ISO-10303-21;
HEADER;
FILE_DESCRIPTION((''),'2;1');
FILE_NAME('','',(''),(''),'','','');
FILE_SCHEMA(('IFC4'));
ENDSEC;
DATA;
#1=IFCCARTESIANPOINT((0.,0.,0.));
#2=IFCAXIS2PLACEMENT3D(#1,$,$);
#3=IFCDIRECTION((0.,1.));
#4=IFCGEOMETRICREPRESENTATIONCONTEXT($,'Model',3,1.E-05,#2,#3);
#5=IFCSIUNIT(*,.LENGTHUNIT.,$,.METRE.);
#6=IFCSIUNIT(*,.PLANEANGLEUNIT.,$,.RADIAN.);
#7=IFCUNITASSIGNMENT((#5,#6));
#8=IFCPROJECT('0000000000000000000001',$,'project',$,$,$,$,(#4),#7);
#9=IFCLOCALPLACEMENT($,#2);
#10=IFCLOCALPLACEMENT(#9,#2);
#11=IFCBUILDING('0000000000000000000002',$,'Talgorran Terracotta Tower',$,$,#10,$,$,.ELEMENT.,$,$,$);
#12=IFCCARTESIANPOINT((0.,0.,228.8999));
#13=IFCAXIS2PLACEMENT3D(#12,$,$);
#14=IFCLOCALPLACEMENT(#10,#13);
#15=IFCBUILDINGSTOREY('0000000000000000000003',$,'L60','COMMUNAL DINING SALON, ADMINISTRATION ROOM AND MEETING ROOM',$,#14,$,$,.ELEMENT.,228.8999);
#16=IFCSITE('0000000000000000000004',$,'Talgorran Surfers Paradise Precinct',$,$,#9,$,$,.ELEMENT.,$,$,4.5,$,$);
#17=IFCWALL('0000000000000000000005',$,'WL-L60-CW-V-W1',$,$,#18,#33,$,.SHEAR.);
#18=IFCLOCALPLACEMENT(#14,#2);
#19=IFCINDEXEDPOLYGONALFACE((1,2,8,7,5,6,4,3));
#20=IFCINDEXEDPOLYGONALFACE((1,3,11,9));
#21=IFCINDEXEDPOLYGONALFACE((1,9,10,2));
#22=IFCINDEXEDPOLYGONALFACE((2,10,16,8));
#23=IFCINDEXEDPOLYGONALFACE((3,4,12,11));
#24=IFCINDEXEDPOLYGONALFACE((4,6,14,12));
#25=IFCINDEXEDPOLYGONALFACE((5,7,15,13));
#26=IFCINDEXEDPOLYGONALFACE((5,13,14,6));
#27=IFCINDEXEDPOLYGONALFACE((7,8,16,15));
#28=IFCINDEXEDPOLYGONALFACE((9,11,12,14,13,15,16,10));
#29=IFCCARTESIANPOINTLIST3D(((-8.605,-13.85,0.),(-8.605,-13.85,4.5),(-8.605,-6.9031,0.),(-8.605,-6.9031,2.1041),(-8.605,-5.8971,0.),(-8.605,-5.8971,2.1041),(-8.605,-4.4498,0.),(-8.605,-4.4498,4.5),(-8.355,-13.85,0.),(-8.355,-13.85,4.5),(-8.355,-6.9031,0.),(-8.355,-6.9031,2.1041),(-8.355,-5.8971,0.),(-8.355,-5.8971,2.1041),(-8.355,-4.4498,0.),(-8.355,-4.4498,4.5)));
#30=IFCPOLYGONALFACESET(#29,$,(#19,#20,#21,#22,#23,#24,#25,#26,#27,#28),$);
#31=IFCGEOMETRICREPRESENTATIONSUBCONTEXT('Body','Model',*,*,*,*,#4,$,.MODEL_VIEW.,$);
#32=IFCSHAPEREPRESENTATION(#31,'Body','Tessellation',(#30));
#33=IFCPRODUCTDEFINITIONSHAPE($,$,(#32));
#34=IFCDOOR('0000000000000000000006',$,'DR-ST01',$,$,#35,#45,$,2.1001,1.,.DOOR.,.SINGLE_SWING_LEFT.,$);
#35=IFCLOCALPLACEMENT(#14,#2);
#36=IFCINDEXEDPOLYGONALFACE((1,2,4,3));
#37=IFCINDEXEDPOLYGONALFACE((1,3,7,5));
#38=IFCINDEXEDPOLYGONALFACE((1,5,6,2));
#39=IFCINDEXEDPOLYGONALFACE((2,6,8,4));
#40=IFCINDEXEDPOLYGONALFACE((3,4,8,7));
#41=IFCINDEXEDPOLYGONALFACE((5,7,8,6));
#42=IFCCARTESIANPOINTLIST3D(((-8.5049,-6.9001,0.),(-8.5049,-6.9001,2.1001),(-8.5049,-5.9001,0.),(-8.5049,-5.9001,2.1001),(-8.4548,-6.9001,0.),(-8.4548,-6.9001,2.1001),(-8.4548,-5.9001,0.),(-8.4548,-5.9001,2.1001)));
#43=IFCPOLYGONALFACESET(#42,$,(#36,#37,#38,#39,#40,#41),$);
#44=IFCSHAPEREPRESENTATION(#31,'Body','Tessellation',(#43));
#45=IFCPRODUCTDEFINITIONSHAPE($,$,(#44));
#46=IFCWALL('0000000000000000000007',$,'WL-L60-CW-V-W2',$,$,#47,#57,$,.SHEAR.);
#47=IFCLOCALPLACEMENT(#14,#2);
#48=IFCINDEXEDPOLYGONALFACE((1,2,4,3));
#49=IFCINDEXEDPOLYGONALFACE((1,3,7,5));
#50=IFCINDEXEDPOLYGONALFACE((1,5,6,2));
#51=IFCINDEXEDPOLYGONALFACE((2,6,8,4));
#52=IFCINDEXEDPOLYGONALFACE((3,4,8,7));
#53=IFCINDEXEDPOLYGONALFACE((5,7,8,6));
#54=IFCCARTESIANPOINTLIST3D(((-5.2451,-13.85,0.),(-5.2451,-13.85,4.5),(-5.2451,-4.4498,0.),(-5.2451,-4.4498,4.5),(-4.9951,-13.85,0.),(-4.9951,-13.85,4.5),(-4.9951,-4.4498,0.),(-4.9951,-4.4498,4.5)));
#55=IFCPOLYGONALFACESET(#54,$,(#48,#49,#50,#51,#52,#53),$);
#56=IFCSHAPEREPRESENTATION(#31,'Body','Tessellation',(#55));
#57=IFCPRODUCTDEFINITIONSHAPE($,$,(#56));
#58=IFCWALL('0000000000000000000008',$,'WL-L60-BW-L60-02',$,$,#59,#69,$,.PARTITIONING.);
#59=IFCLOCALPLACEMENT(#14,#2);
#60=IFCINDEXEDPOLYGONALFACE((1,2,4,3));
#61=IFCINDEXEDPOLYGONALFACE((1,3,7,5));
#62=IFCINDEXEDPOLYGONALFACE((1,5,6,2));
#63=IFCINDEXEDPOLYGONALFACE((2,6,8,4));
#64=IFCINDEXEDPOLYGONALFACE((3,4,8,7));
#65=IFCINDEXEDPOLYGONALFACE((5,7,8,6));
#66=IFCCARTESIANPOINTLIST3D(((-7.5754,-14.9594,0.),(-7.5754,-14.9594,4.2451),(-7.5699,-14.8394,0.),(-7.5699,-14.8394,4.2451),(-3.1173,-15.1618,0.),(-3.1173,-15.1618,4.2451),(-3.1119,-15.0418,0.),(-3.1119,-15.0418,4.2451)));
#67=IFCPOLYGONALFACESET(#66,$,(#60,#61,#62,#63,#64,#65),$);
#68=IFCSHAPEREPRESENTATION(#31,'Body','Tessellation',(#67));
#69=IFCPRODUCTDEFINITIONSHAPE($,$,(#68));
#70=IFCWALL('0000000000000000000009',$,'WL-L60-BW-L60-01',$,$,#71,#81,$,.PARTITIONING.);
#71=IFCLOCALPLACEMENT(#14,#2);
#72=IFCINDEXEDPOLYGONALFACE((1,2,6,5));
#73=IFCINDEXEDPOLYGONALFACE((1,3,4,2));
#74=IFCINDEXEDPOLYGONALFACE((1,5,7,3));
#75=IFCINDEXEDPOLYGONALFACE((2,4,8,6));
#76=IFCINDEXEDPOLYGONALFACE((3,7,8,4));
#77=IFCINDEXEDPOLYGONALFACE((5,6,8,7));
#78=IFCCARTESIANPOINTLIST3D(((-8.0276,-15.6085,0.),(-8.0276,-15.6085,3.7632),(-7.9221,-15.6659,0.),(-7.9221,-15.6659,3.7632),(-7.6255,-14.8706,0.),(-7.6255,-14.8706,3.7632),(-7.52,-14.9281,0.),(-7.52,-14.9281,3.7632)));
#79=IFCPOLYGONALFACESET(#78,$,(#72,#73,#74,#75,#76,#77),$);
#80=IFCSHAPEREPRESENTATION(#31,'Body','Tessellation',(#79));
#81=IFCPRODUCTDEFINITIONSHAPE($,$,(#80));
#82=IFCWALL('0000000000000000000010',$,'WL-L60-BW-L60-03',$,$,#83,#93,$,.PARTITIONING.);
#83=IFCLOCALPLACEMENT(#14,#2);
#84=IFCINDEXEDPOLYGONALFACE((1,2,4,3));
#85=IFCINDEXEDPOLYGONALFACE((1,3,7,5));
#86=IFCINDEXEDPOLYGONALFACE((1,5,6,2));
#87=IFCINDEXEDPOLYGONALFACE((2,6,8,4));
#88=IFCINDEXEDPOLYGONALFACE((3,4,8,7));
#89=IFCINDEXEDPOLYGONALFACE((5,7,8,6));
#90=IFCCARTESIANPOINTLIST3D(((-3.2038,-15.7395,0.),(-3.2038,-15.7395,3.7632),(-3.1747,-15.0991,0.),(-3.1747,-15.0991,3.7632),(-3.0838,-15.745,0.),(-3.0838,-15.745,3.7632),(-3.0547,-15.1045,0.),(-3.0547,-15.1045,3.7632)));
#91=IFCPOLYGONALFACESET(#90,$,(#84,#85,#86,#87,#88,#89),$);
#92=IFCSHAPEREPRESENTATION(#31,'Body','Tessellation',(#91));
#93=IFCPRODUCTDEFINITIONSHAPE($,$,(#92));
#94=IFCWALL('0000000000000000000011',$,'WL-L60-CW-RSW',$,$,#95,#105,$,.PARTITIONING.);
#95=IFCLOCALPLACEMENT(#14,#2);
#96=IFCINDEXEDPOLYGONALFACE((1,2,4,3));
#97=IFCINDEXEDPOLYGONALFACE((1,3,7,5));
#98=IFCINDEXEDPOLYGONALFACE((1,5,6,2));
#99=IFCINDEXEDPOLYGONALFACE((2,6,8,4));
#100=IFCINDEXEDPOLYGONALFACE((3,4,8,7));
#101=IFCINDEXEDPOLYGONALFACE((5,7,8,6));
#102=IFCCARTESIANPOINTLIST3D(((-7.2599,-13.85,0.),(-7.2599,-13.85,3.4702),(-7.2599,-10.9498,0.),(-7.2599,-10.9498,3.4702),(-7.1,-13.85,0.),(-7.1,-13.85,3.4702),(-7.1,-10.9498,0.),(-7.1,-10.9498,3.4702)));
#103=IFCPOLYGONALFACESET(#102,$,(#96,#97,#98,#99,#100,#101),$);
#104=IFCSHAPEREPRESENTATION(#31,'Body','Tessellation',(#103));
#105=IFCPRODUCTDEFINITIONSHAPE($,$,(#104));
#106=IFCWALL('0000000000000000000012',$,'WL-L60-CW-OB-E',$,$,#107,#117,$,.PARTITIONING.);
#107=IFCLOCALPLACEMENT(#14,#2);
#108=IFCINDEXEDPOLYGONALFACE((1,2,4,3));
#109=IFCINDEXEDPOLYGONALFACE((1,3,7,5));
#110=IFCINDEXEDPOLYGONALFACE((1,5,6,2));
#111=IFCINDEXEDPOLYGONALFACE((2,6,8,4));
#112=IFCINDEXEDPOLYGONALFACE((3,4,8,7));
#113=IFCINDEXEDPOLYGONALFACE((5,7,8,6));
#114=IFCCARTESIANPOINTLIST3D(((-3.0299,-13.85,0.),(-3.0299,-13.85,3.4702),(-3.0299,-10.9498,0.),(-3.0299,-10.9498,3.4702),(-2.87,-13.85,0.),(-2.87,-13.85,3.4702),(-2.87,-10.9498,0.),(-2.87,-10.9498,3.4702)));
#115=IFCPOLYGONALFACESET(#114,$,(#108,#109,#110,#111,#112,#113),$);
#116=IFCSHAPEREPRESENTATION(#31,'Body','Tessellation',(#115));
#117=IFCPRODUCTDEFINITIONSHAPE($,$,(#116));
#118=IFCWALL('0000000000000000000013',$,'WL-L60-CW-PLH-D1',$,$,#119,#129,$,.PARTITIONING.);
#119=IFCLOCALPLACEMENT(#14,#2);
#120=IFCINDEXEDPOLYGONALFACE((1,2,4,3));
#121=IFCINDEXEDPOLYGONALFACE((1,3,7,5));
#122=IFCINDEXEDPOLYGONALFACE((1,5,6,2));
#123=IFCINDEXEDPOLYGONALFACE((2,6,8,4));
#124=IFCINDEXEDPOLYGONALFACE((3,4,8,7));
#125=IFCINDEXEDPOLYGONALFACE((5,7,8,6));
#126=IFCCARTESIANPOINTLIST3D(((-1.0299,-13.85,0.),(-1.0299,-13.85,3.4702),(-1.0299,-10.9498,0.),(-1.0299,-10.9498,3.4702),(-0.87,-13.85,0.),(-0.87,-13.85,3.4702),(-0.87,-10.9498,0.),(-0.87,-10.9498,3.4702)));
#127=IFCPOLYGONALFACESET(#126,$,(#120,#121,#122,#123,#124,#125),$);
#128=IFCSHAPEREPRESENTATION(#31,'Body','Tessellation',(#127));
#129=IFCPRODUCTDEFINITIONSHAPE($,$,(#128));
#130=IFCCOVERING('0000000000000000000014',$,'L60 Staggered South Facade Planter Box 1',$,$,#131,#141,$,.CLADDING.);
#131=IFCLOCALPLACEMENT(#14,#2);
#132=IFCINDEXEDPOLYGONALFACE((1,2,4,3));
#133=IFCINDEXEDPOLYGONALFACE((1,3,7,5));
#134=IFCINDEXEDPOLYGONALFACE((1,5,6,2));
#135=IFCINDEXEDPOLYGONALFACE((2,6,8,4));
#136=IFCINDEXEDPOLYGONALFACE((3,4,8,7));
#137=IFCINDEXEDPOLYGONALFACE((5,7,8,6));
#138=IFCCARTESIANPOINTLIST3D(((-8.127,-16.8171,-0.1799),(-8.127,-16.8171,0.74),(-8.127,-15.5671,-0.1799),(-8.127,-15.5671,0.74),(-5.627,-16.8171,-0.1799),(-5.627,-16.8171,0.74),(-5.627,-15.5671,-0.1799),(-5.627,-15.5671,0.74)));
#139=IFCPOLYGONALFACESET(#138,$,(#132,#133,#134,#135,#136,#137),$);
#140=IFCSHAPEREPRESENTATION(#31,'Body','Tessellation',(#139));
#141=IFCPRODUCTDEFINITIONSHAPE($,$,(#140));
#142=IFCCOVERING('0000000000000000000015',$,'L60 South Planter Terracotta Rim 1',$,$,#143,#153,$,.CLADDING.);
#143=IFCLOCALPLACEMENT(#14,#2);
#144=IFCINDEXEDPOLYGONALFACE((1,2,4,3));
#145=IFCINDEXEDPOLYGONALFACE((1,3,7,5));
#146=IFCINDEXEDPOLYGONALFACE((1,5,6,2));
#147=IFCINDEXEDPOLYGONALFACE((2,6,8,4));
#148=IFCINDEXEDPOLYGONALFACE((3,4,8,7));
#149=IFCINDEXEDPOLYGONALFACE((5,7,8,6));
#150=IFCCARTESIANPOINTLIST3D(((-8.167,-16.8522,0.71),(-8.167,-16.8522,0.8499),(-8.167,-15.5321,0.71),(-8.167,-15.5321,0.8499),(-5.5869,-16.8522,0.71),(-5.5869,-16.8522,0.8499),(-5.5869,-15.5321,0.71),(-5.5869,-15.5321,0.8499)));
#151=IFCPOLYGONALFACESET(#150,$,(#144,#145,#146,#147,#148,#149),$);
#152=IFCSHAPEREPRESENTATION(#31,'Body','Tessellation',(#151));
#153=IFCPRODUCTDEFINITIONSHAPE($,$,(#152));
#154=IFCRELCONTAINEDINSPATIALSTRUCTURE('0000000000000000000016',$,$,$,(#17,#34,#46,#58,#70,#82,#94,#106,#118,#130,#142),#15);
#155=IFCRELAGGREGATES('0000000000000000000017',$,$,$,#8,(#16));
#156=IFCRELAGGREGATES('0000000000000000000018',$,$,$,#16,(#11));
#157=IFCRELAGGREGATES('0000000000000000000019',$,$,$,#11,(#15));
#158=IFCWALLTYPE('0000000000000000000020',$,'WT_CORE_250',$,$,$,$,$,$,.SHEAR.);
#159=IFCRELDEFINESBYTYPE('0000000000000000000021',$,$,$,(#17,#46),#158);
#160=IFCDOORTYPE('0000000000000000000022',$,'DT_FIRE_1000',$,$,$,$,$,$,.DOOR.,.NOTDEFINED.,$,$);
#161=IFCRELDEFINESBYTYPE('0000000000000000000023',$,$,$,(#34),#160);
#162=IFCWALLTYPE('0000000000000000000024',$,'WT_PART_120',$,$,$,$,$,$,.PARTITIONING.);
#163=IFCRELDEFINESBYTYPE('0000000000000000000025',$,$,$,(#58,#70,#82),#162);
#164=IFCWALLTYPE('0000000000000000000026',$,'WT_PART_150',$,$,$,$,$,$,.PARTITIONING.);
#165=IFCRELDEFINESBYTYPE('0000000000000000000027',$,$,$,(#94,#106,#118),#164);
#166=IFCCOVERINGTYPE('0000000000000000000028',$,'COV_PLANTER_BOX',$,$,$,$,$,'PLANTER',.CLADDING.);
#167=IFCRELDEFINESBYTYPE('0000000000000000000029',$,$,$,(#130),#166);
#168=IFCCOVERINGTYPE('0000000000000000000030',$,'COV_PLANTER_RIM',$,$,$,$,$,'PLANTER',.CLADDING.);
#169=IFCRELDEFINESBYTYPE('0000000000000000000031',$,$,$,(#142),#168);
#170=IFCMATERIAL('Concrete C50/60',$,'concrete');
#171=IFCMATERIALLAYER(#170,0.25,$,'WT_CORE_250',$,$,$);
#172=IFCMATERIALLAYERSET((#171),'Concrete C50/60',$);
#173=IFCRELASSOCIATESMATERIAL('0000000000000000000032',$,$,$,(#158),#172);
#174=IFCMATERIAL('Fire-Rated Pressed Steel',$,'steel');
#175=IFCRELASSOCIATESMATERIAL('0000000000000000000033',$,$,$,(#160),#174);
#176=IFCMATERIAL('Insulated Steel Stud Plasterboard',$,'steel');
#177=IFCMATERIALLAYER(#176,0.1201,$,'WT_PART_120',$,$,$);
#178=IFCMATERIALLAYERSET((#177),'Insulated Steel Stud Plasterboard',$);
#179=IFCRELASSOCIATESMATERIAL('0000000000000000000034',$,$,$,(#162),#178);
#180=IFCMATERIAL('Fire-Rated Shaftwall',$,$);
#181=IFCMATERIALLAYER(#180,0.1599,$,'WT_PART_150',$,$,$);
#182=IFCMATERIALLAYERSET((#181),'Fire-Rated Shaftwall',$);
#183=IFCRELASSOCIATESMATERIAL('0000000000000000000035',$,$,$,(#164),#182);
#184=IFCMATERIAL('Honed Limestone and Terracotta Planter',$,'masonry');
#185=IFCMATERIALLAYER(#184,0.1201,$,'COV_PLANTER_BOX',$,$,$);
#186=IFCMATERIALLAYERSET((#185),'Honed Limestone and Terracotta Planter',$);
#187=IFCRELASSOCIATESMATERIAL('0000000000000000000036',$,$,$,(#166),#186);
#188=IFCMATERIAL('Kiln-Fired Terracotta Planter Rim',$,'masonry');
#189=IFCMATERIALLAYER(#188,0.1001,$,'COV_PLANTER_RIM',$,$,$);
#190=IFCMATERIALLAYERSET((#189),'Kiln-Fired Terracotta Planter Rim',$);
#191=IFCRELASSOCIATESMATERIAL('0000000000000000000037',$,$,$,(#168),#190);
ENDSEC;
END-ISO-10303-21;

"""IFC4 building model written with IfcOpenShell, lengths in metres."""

from ifc_helpers import new_model, si_unit, direction, frame, frame_2d, origin, origin_2d, place, context, subcontext, project, spatial, rectangle, extrude, material, layer, layer_set, type_object, element, fill, save


model = new_model("IFC4")

# Units and contexts
model_context = context("Model", 3, precision=1e-05, world=origin(), true_north=direction((0.0, 1.0)))
body_context = subcontext(model_context, "Body", "Model", "MODEL_VIEW")
ifc_project = project(units=[si_unit("LENGTHUNIT", "METRE"), si_unit("PLANEANGLEUNIT", "RADIAN")], contexts=[model_context])

# Site, building, storey
site_placement = place(None, origin())
site = spatial("IfcSite", under=ifc_project, at=site_placement, Name="Talgorran Surfers Paradise Precinct", CompositionType="ELEMENT", RefElevation=4.5)
building_placement = place(site_placement, origin())
building = spatial("IfcBuilding", under=site, at=building_placement, Name="Talgorran Terracotta Tower", CompositionType="ELEMENT")
storey_placement = place(building_placement, frame((0.0, 0.0, 228.8999)))
storey = spatial("IfcBuildingStorey", under=building, at=storey_placement, Name="L60", Description="COMMUNAL DINING SALON, ADMINISTRATION ROOM AND MEETING ROOM", CompositionType="ELEMENT", Elevation=228.8999)

# Shared definitions
ifc_material_1 = material(Name="Concrete C50/60", Category="concrete")

# Shared definitions
ifc_material_2 = material(Name="Fire-Rated Pressed Steel", Category="steel")

# Wall, opening, door
ifc_layer_1 = layer(ifc_material_1, 0.25, Name="WT_CORE_250")
ifc_layer_set_1 = layer_set([ifc_layer_1], Name="Concrete C50/60")
wall_type_1 = type_object("IfcWallType", Name="WT_CORE_250", PredefinedType="SHEAR", material=ifc_layer_set_1)
wall_1_placement = place(storey_placement, frame((-8.48, -13.8501, 0.0), z_axis=(0.0, 0.0, 1.0), x_axis=(0.0, 1.0, 0.0)))
wall_1 = element("IfcWall", 1, at=wall_1_placement, inside=storey, type_object=wall_type_1, Name="WL-L60-CW-V-W1", PredefinedType="SHEAR", context=body_context, shape_type="SweptSolid", body=[
    extrude(rectangle(XDim=9.4001, YDim=0.25, at=frame_2d((4.7002, 0.0))), origin(), (0.0, 0.0, 1.0), 4.5),
])
opening_1_placement = place(wall_1_placement, frame((6.95, 0.0, 0.0)))
opening_1 = element("IfcOpeningElement", 2, at=opening_1_placement, cuts=wall_1, PredefinedType="OPENING", context=body_context, shape_type="SweptSolid", body=[
    extrude(rectangle(XDim=1.006, YDim=2.1041, at=frame_2d((0.5, 1.052))), frame((0.0, 0.135, 0.0), z_axis=(0.0, -1.0, 0.0), x_axis=(1.0, 0.0, 0.0)), (0.0, 0.0, 1.0), 0.27),
])
door_type_1 = type_object("IfcDoorType", Name="DT_FIRE_1000", OperationType="NOTDEFINED", PredefinedType="DOOR", material=ifc_material_2)
door_1_placement = place(opening_1_placement, origin())
door_1 = element("IfcDoor", 3, at=door_1_placement, inside=storey, type_object=door_type_1, Name="DR-ST01", OperationType="SINGLE_SWING_LEFT", OverallHeight=2.1001, OverallWidth=1.0, PredefinedType="DOOR", context=body_context, shape_type="SweptSolid", body=[
    extrude(rectangle(XDim=1.0, YDim=2.1001, at=frame_2d((0.5, 1.05))), frame((0.0, 0.0249, 0.0), z_axis=(0.0, -1.0, 0.0), x_axis=(1.0, 0.0, 0.0)), (0.0, 0.0, 1.0), 0.05),
])
fill(opening_1, door_1)

# Walls
wall_2_placement = place(storey_placement, frame((-5.1201, -13.8501, 0.0), z_axis=(0.0, 0.0, 1.0), x_axis=(0.0, 1.0, 0.0)))
element("IfcWall", 4, at=wall_2_placement, inside=storey, type_object=wall_type_1, Name="WL-L60-CW-V-W2", PredefinedType="SHEAR", context=body_context, shape_type="SweptSolid", body=[
    extrude(rectangle(XDim=9.4001, YDim=0.25, at=frame_2d((4.7002, 0.0))), origin(), (0.0, 0.0, 1.0), 4.5),
])
ifc_material_3 = material(Name="Insulated Steel Stud Plasterboard", Category="steel")
ifc_layer_2 = layer(ifc_material_3, 0.1201, Name="WT_PART_120")
ifc_layer_set_2 = layer_set([ifc_layer_2], Name="Insulated Steel Stud Plasterboard")
wall_type_2 = type_object("IfcWallType", Name="WT_PART_120", PredefinedType="PARTITIONING", material=ifc_layer_set_2)
wall_3_placement = place(storey_placement, frame((-7.5728, -14.8994, 0.0), z_axis=(0.0, 0.0, 1.0), x_axis=(0.998971, -0.045353, 0.0)))
element("IfcWall", 5, at=wall_3_placement, inside=storey, type_object=wall_type_2, Name="WL-L60-BW-L60-02", PredefinedType="PARTITIONING", context=body_context, shape_type="SweptSolid", body=[
    extrude(rectangle(XDim=4.4626, YDim=0.1201, at=frame_2d((2.2314, 0.0))), origin(), (0.0, 0.0, 1.0), 4.2451),
])
wall_4_placement = place(storey_placement, frame((-7.9749, -15.6372, 0.0), z_axis=(0.0, 0.0, 1.0), x_axis=(0.478547, 0.878062, 0.0)))
element("IfcWall", 6, at=wall_4_placement, inside=storey, type_object=wall_type_2, Name="WL-L60-BW-L60-01", PredefinedType="PARTITIONING", context=body_context, shape_type="SweptSolid", body=[
    extrude(rectangle(XDim=0.8403, YDim=0.1201, at=frame_2d((0.4202, 0.0))), origin(), (0.0, 0.0, 1.0), 3.7632),
])
wall_5_placement = place(storey_placement, frame((-3.1147, -15.1018, 0.0), z_axis=(0.0, 0.0, 1.0), x_axis=(-0.045321, -0.998972, 0.0)))
element("IfcWall", 7, at=wall_5_placement, inside=storey, type_object=wall_type_2, Name="WL-L60-BW-L60-03", PredefinedType="PARTITIONING", context=body_context, shape_type="SweptSolid", body=[
    extrude(rectangle(XDim=0.6411, YDim=0.1201, at=frame_2d((0.3206, 0.0))), origin(), (0.0, 0.0, 1.0), 3.7632),
])
ifc_material_4 = material(Name="Fire-Rated Shaftwall")
ifc_layer_3 = layer(ifc_material_4, 0.1599, Name="WT_PART_150")
ifc_layer_set_3 = layer_set([ifc_layer_3], Name="Fire-Rated Shaftwall")
wall_type_3 = type_object("IfcWallType", Name="WT_PART_150", PredefinedType="PARTITIONING", material=ifc_layer_set_3)
for number, where, z_axis, x_axis, name in (
    (8, (-7.1799, -13.8501, 0.0), (0.0, 0.0, 1.0), (0.0, 1.0, 0.0), "WL-L60-CW-RSW"),
    (9, (-2.95, -13.8501, 0.0), (0.0, 0.0, 1.0), (0.0, 1.0, 0.0), "WL-L60-CW-OB-E"),
    (10, (-0.95, -13.8501, 0.0), (0.0, 0.0, 1.0), (0.0, 1.0, 0.0), "WL-L60-CW-PLH-D1"),
):
    element("IfcWall", number, at=place(storey_placement, frame(where, z_axis=z_axis, x_axis=x_axis)), inside=storey, type_object=wall_type_3, Name=name, PredefinedType="PARTITIONING", context=body_context, shape_type="SweptSolid", body=[
        extrude(rectangle(XDim=2.9001, YDim=0.1599, at=frame_2d((1.4502, 0.0))), origin(), (0.0, 0.0, 1.0), 3.4702),
    ])

# Coverings
ifc_material_5 = material(Name="Honed Limestone and Terracotta Planter", Category="masonry")
ifc_layer_4 = layer(ifc_material_5, 0.1201, Name="COV_PLANTER_BOX")
ifc_layer_set_4 = layer_set([ifc_layer_4], Name="Honed Limestone and Terracotta Planter")
covering_type_1 = type_object("IfcCoveringType", Name="COV_PLANTER_BOX", ElementType="PLANTER", PredefinedType="CLADDING", material=ifc_layer_set_4)
covering_1_placement = place(storey_placement, frame((-6.877, -16.1921, -0.1799), z_axis=(0.0, 0.0, 1.0), x_axis=(1.0, 0.0, 0.0)))
element("IfcCovering", 11, at=covering_1_placement, inside=storey, type_object=covering_type_1, Name="L60 Staggered South Facade Planter Box 1", PredefinedType="CLADDING", context=body_context, shape_type="SweptSolid", body=[
    extrude(rectangle(XDim=2.5, YDim=1.25, at=origin_2d()), origin(), (0.0, 0.0, 1.0), 0.9199),
])
ifc_material_6 = material(Name="Kiln-Fired Terracotta Planter Rim", Category="masonry")
ifc_layer_5 = layer(ifc_material_6, 0.1001, Name="COV_PLANTER_RIM")
ifc_layer_set_5 = layer_set([ifc_layer_5], Name="Kiln-Fired Terracotta Planter Rim")
covering_type_2 = type_object("IfcCoveringType", Name="COV_PLANTER_RIM", ElementType="PLANTER", PredefinedType="CLADDING", material=ifc_layer_set_5)
covering_2_placement = place(storey_placement, frame((-6.877, -16.1921, 0.71), z_axis=(0.0, 0.0, 1.0), x_axis=(1.0, 0.0, 0.0)))
element("IfcCovering", 12, at=covering_2_placement, inside=storey, type_object=covering_type_2, Name="L60 South Planter Terracotta Rim 1", PredefinedType="CLADDING", context=body_context, shape_type="SweptSolid", body=[
    extrude(rectangle(XDim=2.5801, YDim=1.3201, at=origin_2d()), origin(), (0.0, 0.0, 1.0), 0.1399),
])

save(model, "model.ifc")
